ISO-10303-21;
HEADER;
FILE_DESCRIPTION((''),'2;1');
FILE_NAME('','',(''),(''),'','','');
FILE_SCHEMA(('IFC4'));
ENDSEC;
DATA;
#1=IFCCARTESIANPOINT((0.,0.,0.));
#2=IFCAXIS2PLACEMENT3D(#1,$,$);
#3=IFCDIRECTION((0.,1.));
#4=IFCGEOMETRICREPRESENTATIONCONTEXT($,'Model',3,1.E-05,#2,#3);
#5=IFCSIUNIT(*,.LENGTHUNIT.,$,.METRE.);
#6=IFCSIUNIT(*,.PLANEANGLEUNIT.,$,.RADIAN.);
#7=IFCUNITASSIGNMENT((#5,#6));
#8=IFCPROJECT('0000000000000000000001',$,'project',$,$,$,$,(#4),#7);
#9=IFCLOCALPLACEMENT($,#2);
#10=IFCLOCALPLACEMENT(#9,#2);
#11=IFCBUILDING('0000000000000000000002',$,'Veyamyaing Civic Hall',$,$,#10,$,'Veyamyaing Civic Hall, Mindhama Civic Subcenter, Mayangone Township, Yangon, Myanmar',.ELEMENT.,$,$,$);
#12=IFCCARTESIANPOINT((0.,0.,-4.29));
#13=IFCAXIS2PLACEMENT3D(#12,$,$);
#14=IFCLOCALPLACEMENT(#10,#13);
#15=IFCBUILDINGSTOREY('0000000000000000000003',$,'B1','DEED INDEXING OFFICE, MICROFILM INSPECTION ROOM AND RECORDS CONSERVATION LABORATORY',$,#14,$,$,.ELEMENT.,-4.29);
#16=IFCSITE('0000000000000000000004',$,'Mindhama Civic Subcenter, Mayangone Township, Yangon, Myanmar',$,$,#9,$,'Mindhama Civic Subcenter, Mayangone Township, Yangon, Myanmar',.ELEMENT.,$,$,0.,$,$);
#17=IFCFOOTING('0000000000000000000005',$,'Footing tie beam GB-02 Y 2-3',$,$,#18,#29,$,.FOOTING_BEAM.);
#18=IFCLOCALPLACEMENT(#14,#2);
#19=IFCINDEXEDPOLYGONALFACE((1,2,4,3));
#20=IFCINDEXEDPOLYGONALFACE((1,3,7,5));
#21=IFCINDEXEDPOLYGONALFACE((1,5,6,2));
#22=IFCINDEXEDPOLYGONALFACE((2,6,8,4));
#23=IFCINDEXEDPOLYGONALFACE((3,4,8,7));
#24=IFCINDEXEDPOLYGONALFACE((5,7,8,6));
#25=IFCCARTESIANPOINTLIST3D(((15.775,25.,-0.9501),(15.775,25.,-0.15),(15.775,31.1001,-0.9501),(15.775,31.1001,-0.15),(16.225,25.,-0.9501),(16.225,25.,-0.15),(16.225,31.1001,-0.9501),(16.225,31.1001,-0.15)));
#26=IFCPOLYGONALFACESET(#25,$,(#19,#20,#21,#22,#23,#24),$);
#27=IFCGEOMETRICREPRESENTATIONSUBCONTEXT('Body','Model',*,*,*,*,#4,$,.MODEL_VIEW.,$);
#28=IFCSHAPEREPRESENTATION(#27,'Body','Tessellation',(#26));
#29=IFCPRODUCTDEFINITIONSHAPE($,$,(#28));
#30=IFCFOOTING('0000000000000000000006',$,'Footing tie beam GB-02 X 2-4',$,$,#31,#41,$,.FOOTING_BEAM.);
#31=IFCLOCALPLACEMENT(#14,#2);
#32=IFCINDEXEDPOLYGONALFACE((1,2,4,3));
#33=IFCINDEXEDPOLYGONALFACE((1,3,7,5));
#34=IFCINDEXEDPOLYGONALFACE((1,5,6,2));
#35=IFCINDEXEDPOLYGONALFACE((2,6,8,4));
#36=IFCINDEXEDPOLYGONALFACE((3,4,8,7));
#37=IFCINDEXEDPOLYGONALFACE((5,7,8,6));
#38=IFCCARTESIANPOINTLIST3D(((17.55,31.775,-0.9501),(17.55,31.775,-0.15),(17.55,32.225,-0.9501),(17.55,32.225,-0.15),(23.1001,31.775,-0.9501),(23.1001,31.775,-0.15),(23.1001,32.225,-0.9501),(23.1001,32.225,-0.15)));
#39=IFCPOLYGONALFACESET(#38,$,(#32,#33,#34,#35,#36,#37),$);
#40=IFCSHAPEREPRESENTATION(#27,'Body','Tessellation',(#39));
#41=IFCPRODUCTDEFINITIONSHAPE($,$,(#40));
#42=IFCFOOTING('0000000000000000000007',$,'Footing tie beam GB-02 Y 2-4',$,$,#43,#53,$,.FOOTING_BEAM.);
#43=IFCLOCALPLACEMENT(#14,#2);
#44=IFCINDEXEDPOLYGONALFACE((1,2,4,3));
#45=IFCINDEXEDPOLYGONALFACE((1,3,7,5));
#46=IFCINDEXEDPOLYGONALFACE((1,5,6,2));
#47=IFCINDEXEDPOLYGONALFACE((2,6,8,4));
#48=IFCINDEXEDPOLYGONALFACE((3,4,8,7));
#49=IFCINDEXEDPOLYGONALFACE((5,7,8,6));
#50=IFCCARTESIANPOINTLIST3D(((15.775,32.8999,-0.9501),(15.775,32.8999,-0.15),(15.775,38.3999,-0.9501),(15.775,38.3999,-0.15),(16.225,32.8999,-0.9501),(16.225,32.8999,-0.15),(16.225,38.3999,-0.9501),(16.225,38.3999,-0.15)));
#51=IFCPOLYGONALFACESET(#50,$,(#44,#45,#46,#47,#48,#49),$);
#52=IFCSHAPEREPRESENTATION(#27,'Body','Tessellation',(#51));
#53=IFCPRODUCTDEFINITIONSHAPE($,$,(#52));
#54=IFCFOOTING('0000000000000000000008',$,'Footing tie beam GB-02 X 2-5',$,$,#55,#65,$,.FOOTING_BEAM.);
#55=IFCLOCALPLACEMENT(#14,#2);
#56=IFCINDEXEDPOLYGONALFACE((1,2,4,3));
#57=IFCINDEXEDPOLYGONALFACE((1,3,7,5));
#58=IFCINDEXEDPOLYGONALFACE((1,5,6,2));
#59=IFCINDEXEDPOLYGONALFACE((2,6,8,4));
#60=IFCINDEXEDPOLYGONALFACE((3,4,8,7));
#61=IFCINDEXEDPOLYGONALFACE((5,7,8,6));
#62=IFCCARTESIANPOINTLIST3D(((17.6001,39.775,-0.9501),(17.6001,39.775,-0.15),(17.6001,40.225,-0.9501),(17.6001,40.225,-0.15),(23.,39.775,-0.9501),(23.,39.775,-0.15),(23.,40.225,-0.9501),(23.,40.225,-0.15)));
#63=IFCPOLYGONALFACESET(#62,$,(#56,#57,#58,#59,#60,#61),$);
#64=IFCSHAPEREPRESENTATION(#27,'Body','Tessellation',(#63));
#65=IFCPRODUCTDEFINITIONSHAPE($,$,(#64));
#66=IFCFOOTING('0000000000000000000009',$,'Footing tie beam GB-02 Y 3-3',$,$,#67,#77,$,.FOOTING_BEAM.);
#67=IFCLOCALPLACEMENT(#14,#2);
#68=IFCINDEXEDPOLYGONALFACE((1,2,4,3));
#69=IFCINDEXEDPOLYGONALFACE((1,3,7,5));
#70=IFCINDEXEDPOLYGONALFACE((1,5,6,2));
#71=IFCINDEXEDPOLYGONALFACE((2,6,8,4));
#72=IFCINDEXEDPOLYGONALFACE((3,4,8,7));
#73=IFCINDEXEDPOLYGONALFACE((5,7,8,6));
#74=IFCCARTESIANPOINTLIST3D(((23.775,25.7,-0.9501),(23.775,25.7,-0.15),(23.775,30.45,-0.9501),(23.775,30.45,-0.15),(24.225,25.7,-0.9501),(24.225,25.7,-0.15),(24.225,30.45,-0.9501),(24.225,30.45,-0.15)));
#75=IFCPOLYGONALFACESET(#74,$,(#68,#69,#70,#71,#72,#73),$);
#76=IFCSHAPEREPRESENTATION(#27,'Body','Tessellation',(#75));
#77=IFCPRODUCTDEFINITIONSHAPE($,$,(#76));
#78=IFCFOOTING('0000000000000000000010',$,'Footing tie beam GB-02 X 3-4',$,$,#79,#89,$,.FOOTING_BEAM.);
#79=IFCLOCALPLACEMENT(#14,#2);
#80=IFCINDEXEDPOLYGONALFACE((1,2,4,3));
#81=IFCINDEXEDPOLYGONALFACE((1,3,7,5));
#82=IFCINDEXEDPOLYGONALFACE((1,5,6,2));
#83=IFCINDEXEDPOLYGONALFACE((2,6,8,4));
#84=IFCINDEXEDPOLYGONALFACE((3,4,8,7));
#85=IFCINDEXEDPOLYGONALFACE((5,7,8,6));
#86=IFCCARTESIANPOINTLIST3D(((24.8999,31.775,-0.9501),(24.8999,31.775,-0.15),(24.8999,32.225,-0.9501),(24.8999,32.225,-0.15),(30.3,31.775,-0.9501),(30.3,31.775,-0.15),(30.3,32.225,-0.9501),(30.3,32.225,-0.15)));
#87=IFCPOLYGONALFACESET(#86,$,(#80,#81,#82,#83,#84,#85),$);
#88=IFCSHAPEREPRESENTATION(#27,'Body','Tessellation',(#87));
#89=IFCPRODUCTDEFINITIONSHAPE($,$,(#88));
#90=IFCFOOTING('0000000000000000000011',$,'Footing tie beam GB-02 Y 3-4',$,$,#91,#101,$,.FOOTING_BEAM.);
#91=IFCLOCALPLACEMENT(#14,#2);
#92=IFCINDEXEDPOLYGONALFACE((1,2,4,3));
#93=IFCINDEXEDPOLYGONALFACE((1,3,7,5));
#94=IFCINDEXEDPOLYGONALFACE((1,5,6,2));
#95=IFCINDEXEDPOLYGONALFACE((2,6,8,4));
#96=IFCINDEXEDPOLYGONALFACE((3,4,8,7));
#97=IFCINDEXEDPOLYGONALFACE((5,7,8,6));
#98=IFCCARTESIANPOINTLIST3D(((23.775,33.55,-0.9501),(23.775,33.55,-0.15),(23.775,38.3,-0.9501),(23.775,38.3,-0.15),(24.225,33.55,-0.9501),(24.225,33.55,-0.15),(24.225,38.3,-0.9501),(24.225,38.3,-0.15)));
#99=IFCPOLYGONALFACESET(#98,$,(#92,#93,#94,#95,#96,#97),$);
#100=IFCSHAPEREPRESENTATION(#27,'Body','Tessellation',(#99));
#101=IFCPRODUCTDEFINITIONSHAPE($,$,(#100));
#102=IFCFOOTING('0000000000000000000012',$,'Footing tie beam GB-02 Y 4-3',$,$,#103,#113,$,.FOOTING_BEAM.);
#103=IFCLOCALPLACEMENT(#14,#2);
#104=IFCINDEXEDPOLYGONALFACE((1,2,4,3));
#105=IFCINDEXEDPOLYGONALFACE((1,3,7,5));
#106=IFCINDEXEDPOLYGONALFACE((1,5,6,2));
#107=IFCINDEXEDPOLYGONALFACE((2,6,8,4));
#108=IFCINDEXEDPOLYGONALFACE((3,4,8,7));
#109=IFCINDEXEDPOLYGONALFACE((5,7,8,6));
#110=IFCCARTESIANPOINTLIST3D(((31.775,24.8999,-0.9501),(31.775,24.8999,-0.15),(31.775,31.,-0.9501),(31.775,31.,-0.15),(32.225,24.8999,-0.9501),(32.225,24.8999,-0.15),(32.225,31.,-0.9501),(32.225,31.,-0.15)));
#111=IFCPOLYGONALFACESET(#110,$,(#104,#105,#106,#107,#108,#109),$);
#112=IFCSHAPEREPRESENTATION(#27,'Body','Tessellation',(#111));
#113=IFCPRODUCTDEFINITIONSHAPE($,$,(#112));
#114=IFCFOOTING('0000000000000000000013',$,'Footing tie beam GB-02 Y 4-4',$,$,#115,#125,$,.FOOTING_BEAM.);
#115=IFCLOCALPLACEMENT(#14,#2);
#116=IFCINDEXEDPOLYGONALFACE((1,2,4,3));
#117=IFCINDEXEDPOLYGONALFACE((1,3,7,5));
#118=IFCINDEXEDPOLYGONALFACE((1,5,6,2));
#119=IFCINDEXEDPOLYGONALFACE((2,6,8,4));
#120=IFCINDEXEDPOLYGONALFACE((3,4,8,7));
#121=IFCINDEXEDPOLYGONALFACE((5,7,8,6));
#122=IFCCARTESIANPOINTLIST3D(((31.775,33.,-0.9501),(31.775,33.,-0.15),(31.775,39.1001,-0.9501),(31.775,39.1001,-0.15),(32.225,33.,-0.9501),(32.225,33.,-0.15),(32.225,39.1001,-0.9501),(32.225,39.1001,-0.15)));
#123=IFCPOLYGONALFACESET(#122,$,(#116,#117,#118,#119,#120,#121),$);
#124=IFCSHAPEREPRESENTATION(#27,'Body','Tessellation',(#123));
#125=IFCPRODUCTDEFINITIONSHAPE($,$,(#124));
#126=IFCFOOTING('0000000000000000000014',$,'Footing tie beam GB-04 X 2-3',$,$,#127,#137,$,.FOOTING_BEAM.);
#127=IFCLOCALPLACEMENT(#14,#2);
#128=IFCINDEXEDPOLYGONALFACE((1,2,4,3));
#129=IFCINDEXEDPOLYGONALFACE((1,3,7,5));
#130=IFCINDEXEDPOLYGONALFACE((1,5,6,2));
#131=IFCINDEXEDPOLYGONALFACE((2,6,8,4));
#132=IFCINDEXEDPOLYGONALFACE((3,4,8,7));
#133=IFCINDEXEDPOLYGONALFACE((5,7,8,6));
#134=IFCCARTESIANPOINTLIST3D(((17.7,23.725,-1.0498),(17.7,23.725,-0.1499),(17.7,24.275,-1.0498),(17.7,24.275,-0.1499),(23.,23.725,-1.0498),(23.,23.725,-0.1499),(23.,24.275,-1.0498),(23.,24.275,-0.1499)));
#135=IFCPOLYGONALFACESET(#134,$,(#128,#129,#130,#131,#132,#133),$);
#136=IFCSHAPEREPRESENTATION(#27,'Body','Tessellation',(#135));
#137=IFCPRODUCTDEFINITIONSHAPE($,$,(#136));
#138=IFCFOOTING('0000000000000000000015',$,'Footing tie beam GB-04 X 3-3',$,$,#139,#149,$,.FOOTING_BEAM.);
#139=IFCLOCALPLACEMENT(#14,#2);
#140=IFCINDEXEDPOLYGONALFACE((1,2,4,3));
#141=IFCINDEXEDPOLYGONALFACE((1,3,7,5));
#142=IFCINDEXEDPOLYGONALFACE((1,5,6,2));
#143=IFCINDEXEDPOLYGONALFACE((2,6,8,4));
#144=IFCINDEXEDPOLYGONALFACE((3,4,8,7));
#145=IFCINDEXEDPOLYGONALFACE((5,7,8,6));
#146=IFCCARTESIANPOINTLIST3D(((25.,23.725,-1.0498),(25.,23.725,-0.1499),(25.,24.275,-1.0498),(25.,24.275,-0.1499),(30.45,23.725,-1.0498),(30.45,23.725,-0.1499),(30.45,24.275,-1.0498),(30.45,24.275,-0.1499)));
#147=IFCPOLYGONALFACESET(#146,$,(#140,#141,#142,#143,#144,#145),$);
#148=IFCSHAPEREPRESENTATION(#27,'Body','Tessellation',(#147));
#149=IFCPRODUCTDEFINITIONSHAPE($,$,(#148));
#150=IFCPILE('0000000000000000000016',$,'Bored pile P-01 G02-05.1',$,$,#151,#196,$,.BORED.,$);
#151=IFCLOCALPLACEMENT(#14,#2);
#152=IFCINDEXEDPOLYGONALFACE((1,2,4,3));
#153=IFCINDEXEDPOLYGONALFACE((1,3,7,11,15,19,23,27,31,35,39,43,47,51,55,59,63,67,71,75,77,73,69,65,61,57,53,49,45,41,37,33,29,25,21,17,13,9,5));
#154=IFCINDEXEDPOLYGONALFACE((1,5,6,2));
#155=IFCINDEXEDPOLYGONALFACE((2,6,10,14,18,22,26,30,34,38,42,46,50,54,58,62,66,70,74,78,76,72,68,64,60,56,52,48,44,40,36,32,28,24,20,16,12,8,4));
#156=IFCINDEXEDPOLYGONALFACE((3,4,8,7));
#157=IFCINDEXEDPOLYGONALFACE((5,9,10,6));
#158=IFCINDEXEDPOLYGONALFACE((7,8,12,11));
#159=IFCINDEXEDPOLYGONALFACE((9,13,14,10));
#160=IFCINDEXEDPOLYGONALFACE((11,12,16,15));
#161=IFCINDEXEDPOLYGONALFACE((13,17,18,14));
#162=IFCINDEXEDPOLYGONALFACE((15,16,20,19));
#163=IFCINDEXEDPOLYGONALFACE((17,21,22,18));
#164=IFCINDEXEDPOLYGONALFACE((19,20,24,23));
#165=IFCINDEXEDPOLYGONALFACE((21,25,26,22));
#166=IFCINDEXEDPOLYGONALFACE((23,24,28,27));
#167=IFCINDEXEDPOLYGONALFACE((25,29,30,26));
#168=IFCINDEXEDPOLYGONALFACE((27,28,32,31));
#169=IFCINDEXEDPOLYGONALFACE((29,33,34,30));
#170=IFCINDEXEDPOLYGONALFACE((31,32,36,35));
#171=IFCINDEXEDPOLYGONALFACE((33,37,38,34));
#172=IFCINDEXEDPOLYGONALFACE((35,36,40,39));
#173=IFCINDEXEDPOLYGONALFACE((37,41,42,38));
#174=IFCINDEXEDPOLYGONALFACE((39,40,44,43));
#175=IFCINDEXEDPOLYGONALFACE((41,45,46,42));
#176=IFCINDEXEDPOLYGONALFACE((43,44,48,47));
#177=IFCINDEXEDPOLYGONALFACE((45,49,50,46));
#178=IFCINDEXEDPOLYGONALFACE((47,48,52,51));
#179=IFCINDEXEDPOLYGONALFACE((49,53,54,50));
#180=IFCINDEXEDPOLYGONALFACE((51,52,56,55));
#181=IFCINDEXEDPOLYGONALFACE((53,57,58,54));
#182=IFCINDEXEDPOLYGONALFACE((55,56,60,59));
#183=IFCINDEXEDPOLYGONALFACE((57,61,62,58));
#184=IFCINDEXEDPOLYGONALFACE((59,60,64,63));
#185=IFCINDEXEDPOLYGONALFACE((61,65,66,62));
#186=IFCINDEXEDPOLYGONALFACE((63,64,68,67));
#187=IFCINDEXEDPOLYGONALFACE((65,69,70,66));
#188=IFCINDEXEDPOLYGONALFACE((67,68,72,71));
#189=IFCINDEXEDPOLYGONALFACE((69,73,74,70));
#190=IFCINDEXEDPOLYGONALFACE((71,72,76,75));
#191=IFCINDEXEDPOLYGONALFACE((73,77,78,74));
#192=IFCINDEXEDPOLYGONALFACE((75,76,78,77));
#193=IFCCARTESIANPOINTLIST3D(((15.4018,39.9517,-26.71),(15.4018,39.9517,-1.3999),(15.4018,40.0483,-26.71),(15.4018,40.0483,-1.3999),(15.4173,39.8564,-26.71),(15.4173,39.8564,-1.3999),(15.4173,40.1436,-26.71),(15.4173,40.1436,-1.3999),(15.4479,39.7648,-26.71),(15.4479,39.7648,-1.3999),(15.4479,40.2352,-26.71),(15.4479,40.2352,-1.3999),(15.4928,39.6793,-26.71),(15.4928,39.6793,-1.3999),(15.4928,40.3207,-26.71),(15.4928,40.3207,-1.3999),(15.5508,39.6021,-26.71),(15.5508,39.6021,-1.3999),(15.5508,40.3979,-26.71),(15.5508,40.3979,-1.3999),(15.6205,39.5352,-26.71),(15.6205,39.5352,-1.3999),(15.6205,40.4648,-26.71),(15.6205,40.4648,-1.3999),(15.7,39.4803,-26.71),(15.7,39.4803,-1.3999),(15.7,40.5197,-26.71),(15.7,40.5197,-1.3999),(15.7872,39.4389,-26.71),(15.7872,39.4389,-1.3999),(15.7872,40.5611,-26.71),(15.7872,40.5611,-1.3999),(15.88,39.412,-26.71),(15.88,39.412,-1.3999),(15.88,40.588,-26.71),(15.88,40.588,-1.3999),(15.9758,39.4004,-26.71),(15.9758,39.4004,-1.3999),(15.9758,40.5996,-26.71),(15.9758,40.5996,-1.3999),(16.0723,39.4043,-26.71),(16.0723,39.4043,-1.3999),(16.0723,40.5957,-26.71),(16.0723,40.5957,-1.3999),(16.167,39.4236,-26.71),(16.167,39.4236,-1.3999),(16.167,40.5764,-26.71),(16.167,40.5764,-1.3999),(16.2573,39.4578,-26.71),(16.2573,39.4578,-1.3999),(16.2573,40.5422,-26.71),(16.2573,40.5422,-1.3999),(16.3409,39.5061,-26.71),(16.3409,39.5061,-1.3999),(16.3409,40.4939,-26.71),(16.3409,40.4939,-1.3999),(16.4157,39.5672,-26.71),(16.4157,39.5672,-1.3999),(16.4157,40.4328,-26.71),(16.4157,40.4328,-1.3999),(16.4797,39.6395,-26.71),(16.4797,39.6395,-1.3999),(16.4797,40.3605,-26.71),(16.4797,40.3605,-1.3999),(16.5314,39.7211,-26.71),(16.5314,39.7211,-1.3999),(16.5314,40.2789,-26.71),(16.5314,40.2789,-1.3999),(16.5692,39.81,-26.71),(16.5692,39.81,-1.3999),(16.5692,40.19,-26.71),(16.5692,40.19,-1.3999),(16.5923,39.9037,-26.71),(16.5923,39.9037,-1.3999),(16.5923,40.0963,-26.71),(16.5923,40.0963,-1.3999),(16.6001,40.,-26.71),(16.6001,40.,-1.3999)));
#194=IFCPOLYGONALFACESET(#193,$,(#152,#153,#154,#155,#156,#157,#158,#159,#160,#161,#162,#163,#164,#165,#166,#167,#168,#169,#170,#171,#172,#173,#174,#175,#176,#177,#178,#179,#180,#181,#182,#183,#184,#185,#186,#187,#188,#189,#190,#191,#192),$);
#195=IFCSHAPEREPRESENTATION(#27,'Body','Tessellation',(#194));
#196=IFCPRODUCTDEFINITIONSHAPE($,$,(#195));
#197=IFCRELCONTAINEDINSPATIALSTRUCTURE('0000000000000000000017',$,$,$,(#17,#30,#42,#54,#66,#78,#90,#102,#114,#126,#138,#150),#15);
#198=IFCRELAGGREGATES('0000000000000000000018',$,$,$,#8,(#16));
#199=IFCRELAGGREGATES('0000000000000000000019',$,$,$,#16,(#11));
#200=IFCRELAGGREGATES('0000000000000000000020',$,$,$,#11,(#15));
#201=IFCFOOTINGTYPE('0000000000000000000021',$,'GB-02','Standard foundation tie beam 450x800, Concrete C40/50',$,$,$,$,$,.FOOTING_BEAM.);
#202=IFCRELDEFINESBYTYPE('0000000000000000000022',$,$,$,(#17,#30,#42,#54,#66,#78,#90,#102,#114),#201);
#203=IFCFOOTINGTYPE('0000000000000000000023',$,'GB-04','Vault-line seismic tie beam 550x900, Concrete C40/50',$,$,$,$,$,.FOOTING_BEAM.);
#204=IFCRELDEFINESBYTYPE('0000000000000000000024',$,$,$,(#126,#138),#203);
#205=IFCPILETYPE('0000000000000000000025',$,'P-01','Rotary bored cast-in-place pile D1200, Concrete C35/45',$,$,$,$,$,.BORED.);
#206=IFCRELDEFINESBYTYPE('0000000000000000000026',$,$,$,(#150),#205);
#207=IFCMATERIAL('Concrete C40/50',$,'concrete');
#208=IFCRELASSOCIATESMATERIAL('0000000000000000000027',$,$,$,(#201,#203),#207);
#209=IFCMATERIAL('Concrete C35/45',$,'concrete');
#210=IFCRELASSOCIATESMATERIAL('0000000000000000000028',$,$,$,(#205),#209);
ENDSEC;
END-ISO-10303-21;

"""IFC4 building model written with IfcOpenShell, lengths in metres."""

from ifc_helpers import new_model, si_unit, direction, frame, origin, origin_2d, place, context, subcontext, project, spatial, rectangle, circle, extrude, material, material_profile, profile_set, type_object, element, save


model = new_model("IFC4")

# Units and contexts
model_context = context("Model", 3, precision=1e-05, world=origin(), true_north=direction((0.0, 1.0)))
body_context = subcontext(model_context, "Body", "Model", "MODEL_VIEW")
ifc_project = project(units=[si_unit("LENGTHUNIT", "METRE"), si_unit("PLANEANGLEUNIT", "RADIAN")], contexts=[model_context])

# Site, building, storey
site_placement = place(None, origin())
site = spatial("IfcSite", under=ifc_project, at=site_placement, Name="Mindhama Civic Subcenter, Mayangone Township, Yangon, Myanmar", LongName="Mindhama Civic Subcenter, Mayangone Township, Yangon, Myanmar", CompositionType="ELEMENT", RefElevation=0.0)
building_placement = place(site_placement, origin())
building = spatial("IfcBuilding", under=site, at=building_placement, Name="Veyamyaing Civic Hall", LongName="Veyamyaing Civic Hall, Mindhama Civic Subcenter, Mayangone Township, Yangon, Myanmar", CompositionType="ELEMENT")
storey_placement = place(building_placement, frame((0.0, 0.0, -4.29)))
storey = spatial("IfcBuildingStorey", under=building, at=storey_placement, Name="B1", Description="DEED INDEXING OFFICE, MICROFILM INSPECTION ROOM AND RECORDS CONSERVATION LABORATORY", CompositionType="ELEMENT", Elevation=-4.29)

# Footings
ifc_material_1 = material(Name="Concrete C40/50", Category="concrete")
ifc_material_profile_1 = material_profile(ifc_material_1, rectangle(XDim=0.45, YDim=0.8, at=origin_2d()), Name="GB-450X800")
ifc_profile_set_1 = profile_set([ifc_material_profile_1], Name="Concrete C40/50")
footing_type_1 = type_object("IfcFootingType", Name="GB-02", Description="Standard foundation tie beam 450x800, Concrete C40/50", PredefinedType="FOOTING_BEAM", material=ifc_profile_set_1)
footing_1_placement = place(storey_placement, frame((16.0, 25.0, -0.55), z_axis=(0.0, 1.0, 0.0), x_axis=(-1.0, 0.0, 0.0)))
element("IfcFooting", 1, at=footing_1_placement, inside=storey, type_object=footing_type_1, Name="Footing tie beam GB-02 Y 2-3", PredefinedType="FOOTING_BEAM", context=body_context, shape_type="SweptSolid", body=[
    extrude(rectangle(XDim=0.45, YDim=0.8, at=origin_2d()), origin(), (0.0, 0.0, 1.0), 6.1001),
])
footing_2_placement = place(storey_placement, frame((17.55, 32.0, -0.55), z_axis=(1.0, 0.0, 0.0), x_axis=(0.0, 1.0, 0.0)))
element("IfcFooting", 2, at=footing_2_placement, inside=storey, type_object=footing_type_1, Name="Footing tie beam GB-02 X 2-4", PredefinedType="FOOTING_BEAM", context=body_context, shape_type="SweptSolid", body=[
    extrude(rectangle(XDim=0.45, YDim=0.8, at=origin_2d()), origin(), (0.0, 0.0, 1.0), 5.55),
])
footing_3_placement = place(storey_placement, frame((16.0, 32.8999, -0.55), z_axis=(0.0, 1.0, 0.0), x_axis=(-1.0, 0.0, 0.0)))
element("IfcFooting", 3, at=footing_3_placement, inside=storey, type_object=footing_type_1, Name="Footing tie beam GB-02 Y 2-4", PredefinedType="FOOTING_BEAM", context=body_context, shape_type="SweptSolid", body=[
    extrude(rectangle(XDim=0.45, YDim=0.8, at=origin_2d()), origin(), (0.0, 0.0, 1.0), 5.5),
])
footing_4_placement = place(storey_placement, frame((17.6001, 40.0, -0.55), z_axis=(1.0, 0.0, 0.0), x_axis=(0.0, 1.0, 0.0)))
element("IfcFooting", 4, at=footing_4_placement, inside=storey, type_object=footing_type_1, Name="Footing tie beam GB-02 X 2-5", PredefinedType="FOOTING_BEAM", context=body_context, shape_type="SweptSolid", body=[
    extrude(rectangle(XDim=0.45, YDim=0.8, at=origin_2d()), origin(), (0.0, 0.0, 1.0), 5.3999),
])
footing_5_placement = place(storey_placement, frame((24.0, 25.7, -0.55), z_axis=(0.0, 1.0, 0.0), x_axis=(-1.0, 0.0, 0.0)))
element("IfcFooting", 5, at=footing_5_placement, inside=storey, type_object=footing_type_1, Name="Footing tie beam GB-02 Y 3-3", PredefinedType="FOOTING_BEAM", context=body_context, shape_type="SweptSolid", body=[
    extrude(rectangle(XDim=0.45, YDim=0.8, at=origin_2d()), origin(), (0.0, 0.0, 1.0), 4.75),
])
footing_6_placement = place(storey_placement, frame((24.8999, 32.0, -0.55), z_axis=(1.0, 0.0, 0.0), x_axis=(0.0, 1.0, 0.0)))
element("IfcFooting", 6, at=footing_6_placement, inside=storey, type_object=footing_type_1, Name="Footing tie beam GB-02 X 3-4", PredefinedType="FOOTING_BEAM", context=body_context, shape_type="SweptSolid", body=[
    extrude(rectangle(XDim=0.45, YDim=0.8, at=origin_2d()), origin(), (0.0, 0.0, 1.0), 5.4001),
])
footing_7_placement = place(storey_placement, frame((24.0, 33.55, -0.55), z_axis=(0.0, 1.0, 0.0), x_axis=(-1.0, 0.0, 0.0)))
element("IfcFooting", 7, at=footing_7_placement, inside=storey, type_object=footing_type_1, Name="Footing tie beam GB-02 Y 3-4", PredefinedType="FOOTING_BEAM", context=body_context, shape_type="SweptSolid", body=[
    extrude(rectangle(XDim=0.45, YDim=0.8, at=origin_2d()), origin(), (0.0, 0.0, 1.0), 4.75),
])
for number, where, z_axis, x_axis, name in (
    (8, (32.0, 24.8999, -0.55), (0.0, 1.0, 0.0), (-1.0, 0.0, 0.0), "Footing tie beam GB-02 Y 4-3"),
    (9, (32.0, 33.0, -0.55), (0.0, 1.0, 0.0), (-1.0, 0.0, 0.0), "Footing tie beam GB-02 Y 4-4"),
):
    element("IfcFooting", number, at=place(storey_placement, frame(where, z_axis=z_axis, x_axis=x_axis)), inside=storey, type_object=footing_type_1, Name=name, PredefinedType="FOOTING_BEAM", context=body_context, shape_type="SweptSolid", body=[
        extrude(rectangle(XDim=0.45, YDim=0.8, at=origin_2d()), origin(), (0.0, 0.0, 1.0), 6.1001),
    ])
ifc_material_profile_2 = material_profile(ifc_material_1, rectangle(XDim=0.55, YDim=0.8999, at=origin_2d()), Name="GB-550X900")
ifc_profile_set_2 = profile_set([ifc_material_profile_2], Name="Concrete C40/50")
footing_type_2 = type_object("IfcFootingType", Name="GB-04", Description="Vault-line seismic tie beam 550x900, Concrete C40/50", PredefinedType="FOOTING_BEAM", material=ifc_profile_set_2)
footing_8_placement = place(storey_placement, frame((17.7, 24.0, -0.5999), z_axis=(1.0, 0.0, 0.0), x_axis=(0.0, 1.0, 0.0)))
element("IfcFooting", 10, at=footing_8_placement, inside=storey, type_object=footing_type_2, Name="Footing tie beam GB-04 X 2-3", PredefinedType="FOOTING_BEAM", context=body_context, shape_type="SweptSolid", body=[
    extrude(rectangle(XDim=0.55, YDim=0.8999, at=origin_2d()), origin(), (0.0, 0.0, 1.0), 5.3),
])
footing_9_placement = place(storey_placement, frame((25.0, 24.0, -0.5999), z_axis=(1.0, 0.0, 0.0), x_axis=(0.0, 1.0, 0.0)))
element("IfcFooting", 11, at=footing_9_placement, inside=storey, type_object=footing_type_2, Name="Footing tie beam GB-04 X 3-3", PredefinedType="FOOTING_BEAM", context=body_context, shape_type="SweptSolid", body=[
    extrude(rectangle(XDim=0.55, YDim=0.8999, at=origin_2d()), origin(), (0.0, 0.0, 1.0), 5.45),
])

# Pile
ifc_material_2 = material(Name="Concrete C35/45", Category="concrete")
ifc_material_profile_3 = material_profile(ifc_material_2, circle(Radius=0.6001, at=origin_2d()), Name="PILE-D1200")
ifc_profile_set_3 = profile_set([ifc_material_profile_3], Name="Concrete C35/45")
pile_type_1 = type_object("IfcPileType", Name="P-01", Description="Rotary bored cast-in-place pile D1200, Concrete C35/45", PredefinedType="BORED", material=ifc_profile_set_3)
pile_1_placement = place(storey_placement, frame((16.0, 40.0, -1.3999), z_axis=(0.0, 0.0, -1.0), x_axis=(1.0, 0.0, 0.0)))
element("IfcPile", 12, at=pile_1_placement, inside=storey, type_object=pile_type_1, Name="Bored pile P-01 G02-05.1", PredefinedType="BORED", context=body_context, shape_type="SweptSolid", body=[
    extrude(circle(Radius=0.6001, at=origin_2d()), origin(), (0.0, 0.0, 1.0), 25.3101),
])

save(model, "model.ifc")
